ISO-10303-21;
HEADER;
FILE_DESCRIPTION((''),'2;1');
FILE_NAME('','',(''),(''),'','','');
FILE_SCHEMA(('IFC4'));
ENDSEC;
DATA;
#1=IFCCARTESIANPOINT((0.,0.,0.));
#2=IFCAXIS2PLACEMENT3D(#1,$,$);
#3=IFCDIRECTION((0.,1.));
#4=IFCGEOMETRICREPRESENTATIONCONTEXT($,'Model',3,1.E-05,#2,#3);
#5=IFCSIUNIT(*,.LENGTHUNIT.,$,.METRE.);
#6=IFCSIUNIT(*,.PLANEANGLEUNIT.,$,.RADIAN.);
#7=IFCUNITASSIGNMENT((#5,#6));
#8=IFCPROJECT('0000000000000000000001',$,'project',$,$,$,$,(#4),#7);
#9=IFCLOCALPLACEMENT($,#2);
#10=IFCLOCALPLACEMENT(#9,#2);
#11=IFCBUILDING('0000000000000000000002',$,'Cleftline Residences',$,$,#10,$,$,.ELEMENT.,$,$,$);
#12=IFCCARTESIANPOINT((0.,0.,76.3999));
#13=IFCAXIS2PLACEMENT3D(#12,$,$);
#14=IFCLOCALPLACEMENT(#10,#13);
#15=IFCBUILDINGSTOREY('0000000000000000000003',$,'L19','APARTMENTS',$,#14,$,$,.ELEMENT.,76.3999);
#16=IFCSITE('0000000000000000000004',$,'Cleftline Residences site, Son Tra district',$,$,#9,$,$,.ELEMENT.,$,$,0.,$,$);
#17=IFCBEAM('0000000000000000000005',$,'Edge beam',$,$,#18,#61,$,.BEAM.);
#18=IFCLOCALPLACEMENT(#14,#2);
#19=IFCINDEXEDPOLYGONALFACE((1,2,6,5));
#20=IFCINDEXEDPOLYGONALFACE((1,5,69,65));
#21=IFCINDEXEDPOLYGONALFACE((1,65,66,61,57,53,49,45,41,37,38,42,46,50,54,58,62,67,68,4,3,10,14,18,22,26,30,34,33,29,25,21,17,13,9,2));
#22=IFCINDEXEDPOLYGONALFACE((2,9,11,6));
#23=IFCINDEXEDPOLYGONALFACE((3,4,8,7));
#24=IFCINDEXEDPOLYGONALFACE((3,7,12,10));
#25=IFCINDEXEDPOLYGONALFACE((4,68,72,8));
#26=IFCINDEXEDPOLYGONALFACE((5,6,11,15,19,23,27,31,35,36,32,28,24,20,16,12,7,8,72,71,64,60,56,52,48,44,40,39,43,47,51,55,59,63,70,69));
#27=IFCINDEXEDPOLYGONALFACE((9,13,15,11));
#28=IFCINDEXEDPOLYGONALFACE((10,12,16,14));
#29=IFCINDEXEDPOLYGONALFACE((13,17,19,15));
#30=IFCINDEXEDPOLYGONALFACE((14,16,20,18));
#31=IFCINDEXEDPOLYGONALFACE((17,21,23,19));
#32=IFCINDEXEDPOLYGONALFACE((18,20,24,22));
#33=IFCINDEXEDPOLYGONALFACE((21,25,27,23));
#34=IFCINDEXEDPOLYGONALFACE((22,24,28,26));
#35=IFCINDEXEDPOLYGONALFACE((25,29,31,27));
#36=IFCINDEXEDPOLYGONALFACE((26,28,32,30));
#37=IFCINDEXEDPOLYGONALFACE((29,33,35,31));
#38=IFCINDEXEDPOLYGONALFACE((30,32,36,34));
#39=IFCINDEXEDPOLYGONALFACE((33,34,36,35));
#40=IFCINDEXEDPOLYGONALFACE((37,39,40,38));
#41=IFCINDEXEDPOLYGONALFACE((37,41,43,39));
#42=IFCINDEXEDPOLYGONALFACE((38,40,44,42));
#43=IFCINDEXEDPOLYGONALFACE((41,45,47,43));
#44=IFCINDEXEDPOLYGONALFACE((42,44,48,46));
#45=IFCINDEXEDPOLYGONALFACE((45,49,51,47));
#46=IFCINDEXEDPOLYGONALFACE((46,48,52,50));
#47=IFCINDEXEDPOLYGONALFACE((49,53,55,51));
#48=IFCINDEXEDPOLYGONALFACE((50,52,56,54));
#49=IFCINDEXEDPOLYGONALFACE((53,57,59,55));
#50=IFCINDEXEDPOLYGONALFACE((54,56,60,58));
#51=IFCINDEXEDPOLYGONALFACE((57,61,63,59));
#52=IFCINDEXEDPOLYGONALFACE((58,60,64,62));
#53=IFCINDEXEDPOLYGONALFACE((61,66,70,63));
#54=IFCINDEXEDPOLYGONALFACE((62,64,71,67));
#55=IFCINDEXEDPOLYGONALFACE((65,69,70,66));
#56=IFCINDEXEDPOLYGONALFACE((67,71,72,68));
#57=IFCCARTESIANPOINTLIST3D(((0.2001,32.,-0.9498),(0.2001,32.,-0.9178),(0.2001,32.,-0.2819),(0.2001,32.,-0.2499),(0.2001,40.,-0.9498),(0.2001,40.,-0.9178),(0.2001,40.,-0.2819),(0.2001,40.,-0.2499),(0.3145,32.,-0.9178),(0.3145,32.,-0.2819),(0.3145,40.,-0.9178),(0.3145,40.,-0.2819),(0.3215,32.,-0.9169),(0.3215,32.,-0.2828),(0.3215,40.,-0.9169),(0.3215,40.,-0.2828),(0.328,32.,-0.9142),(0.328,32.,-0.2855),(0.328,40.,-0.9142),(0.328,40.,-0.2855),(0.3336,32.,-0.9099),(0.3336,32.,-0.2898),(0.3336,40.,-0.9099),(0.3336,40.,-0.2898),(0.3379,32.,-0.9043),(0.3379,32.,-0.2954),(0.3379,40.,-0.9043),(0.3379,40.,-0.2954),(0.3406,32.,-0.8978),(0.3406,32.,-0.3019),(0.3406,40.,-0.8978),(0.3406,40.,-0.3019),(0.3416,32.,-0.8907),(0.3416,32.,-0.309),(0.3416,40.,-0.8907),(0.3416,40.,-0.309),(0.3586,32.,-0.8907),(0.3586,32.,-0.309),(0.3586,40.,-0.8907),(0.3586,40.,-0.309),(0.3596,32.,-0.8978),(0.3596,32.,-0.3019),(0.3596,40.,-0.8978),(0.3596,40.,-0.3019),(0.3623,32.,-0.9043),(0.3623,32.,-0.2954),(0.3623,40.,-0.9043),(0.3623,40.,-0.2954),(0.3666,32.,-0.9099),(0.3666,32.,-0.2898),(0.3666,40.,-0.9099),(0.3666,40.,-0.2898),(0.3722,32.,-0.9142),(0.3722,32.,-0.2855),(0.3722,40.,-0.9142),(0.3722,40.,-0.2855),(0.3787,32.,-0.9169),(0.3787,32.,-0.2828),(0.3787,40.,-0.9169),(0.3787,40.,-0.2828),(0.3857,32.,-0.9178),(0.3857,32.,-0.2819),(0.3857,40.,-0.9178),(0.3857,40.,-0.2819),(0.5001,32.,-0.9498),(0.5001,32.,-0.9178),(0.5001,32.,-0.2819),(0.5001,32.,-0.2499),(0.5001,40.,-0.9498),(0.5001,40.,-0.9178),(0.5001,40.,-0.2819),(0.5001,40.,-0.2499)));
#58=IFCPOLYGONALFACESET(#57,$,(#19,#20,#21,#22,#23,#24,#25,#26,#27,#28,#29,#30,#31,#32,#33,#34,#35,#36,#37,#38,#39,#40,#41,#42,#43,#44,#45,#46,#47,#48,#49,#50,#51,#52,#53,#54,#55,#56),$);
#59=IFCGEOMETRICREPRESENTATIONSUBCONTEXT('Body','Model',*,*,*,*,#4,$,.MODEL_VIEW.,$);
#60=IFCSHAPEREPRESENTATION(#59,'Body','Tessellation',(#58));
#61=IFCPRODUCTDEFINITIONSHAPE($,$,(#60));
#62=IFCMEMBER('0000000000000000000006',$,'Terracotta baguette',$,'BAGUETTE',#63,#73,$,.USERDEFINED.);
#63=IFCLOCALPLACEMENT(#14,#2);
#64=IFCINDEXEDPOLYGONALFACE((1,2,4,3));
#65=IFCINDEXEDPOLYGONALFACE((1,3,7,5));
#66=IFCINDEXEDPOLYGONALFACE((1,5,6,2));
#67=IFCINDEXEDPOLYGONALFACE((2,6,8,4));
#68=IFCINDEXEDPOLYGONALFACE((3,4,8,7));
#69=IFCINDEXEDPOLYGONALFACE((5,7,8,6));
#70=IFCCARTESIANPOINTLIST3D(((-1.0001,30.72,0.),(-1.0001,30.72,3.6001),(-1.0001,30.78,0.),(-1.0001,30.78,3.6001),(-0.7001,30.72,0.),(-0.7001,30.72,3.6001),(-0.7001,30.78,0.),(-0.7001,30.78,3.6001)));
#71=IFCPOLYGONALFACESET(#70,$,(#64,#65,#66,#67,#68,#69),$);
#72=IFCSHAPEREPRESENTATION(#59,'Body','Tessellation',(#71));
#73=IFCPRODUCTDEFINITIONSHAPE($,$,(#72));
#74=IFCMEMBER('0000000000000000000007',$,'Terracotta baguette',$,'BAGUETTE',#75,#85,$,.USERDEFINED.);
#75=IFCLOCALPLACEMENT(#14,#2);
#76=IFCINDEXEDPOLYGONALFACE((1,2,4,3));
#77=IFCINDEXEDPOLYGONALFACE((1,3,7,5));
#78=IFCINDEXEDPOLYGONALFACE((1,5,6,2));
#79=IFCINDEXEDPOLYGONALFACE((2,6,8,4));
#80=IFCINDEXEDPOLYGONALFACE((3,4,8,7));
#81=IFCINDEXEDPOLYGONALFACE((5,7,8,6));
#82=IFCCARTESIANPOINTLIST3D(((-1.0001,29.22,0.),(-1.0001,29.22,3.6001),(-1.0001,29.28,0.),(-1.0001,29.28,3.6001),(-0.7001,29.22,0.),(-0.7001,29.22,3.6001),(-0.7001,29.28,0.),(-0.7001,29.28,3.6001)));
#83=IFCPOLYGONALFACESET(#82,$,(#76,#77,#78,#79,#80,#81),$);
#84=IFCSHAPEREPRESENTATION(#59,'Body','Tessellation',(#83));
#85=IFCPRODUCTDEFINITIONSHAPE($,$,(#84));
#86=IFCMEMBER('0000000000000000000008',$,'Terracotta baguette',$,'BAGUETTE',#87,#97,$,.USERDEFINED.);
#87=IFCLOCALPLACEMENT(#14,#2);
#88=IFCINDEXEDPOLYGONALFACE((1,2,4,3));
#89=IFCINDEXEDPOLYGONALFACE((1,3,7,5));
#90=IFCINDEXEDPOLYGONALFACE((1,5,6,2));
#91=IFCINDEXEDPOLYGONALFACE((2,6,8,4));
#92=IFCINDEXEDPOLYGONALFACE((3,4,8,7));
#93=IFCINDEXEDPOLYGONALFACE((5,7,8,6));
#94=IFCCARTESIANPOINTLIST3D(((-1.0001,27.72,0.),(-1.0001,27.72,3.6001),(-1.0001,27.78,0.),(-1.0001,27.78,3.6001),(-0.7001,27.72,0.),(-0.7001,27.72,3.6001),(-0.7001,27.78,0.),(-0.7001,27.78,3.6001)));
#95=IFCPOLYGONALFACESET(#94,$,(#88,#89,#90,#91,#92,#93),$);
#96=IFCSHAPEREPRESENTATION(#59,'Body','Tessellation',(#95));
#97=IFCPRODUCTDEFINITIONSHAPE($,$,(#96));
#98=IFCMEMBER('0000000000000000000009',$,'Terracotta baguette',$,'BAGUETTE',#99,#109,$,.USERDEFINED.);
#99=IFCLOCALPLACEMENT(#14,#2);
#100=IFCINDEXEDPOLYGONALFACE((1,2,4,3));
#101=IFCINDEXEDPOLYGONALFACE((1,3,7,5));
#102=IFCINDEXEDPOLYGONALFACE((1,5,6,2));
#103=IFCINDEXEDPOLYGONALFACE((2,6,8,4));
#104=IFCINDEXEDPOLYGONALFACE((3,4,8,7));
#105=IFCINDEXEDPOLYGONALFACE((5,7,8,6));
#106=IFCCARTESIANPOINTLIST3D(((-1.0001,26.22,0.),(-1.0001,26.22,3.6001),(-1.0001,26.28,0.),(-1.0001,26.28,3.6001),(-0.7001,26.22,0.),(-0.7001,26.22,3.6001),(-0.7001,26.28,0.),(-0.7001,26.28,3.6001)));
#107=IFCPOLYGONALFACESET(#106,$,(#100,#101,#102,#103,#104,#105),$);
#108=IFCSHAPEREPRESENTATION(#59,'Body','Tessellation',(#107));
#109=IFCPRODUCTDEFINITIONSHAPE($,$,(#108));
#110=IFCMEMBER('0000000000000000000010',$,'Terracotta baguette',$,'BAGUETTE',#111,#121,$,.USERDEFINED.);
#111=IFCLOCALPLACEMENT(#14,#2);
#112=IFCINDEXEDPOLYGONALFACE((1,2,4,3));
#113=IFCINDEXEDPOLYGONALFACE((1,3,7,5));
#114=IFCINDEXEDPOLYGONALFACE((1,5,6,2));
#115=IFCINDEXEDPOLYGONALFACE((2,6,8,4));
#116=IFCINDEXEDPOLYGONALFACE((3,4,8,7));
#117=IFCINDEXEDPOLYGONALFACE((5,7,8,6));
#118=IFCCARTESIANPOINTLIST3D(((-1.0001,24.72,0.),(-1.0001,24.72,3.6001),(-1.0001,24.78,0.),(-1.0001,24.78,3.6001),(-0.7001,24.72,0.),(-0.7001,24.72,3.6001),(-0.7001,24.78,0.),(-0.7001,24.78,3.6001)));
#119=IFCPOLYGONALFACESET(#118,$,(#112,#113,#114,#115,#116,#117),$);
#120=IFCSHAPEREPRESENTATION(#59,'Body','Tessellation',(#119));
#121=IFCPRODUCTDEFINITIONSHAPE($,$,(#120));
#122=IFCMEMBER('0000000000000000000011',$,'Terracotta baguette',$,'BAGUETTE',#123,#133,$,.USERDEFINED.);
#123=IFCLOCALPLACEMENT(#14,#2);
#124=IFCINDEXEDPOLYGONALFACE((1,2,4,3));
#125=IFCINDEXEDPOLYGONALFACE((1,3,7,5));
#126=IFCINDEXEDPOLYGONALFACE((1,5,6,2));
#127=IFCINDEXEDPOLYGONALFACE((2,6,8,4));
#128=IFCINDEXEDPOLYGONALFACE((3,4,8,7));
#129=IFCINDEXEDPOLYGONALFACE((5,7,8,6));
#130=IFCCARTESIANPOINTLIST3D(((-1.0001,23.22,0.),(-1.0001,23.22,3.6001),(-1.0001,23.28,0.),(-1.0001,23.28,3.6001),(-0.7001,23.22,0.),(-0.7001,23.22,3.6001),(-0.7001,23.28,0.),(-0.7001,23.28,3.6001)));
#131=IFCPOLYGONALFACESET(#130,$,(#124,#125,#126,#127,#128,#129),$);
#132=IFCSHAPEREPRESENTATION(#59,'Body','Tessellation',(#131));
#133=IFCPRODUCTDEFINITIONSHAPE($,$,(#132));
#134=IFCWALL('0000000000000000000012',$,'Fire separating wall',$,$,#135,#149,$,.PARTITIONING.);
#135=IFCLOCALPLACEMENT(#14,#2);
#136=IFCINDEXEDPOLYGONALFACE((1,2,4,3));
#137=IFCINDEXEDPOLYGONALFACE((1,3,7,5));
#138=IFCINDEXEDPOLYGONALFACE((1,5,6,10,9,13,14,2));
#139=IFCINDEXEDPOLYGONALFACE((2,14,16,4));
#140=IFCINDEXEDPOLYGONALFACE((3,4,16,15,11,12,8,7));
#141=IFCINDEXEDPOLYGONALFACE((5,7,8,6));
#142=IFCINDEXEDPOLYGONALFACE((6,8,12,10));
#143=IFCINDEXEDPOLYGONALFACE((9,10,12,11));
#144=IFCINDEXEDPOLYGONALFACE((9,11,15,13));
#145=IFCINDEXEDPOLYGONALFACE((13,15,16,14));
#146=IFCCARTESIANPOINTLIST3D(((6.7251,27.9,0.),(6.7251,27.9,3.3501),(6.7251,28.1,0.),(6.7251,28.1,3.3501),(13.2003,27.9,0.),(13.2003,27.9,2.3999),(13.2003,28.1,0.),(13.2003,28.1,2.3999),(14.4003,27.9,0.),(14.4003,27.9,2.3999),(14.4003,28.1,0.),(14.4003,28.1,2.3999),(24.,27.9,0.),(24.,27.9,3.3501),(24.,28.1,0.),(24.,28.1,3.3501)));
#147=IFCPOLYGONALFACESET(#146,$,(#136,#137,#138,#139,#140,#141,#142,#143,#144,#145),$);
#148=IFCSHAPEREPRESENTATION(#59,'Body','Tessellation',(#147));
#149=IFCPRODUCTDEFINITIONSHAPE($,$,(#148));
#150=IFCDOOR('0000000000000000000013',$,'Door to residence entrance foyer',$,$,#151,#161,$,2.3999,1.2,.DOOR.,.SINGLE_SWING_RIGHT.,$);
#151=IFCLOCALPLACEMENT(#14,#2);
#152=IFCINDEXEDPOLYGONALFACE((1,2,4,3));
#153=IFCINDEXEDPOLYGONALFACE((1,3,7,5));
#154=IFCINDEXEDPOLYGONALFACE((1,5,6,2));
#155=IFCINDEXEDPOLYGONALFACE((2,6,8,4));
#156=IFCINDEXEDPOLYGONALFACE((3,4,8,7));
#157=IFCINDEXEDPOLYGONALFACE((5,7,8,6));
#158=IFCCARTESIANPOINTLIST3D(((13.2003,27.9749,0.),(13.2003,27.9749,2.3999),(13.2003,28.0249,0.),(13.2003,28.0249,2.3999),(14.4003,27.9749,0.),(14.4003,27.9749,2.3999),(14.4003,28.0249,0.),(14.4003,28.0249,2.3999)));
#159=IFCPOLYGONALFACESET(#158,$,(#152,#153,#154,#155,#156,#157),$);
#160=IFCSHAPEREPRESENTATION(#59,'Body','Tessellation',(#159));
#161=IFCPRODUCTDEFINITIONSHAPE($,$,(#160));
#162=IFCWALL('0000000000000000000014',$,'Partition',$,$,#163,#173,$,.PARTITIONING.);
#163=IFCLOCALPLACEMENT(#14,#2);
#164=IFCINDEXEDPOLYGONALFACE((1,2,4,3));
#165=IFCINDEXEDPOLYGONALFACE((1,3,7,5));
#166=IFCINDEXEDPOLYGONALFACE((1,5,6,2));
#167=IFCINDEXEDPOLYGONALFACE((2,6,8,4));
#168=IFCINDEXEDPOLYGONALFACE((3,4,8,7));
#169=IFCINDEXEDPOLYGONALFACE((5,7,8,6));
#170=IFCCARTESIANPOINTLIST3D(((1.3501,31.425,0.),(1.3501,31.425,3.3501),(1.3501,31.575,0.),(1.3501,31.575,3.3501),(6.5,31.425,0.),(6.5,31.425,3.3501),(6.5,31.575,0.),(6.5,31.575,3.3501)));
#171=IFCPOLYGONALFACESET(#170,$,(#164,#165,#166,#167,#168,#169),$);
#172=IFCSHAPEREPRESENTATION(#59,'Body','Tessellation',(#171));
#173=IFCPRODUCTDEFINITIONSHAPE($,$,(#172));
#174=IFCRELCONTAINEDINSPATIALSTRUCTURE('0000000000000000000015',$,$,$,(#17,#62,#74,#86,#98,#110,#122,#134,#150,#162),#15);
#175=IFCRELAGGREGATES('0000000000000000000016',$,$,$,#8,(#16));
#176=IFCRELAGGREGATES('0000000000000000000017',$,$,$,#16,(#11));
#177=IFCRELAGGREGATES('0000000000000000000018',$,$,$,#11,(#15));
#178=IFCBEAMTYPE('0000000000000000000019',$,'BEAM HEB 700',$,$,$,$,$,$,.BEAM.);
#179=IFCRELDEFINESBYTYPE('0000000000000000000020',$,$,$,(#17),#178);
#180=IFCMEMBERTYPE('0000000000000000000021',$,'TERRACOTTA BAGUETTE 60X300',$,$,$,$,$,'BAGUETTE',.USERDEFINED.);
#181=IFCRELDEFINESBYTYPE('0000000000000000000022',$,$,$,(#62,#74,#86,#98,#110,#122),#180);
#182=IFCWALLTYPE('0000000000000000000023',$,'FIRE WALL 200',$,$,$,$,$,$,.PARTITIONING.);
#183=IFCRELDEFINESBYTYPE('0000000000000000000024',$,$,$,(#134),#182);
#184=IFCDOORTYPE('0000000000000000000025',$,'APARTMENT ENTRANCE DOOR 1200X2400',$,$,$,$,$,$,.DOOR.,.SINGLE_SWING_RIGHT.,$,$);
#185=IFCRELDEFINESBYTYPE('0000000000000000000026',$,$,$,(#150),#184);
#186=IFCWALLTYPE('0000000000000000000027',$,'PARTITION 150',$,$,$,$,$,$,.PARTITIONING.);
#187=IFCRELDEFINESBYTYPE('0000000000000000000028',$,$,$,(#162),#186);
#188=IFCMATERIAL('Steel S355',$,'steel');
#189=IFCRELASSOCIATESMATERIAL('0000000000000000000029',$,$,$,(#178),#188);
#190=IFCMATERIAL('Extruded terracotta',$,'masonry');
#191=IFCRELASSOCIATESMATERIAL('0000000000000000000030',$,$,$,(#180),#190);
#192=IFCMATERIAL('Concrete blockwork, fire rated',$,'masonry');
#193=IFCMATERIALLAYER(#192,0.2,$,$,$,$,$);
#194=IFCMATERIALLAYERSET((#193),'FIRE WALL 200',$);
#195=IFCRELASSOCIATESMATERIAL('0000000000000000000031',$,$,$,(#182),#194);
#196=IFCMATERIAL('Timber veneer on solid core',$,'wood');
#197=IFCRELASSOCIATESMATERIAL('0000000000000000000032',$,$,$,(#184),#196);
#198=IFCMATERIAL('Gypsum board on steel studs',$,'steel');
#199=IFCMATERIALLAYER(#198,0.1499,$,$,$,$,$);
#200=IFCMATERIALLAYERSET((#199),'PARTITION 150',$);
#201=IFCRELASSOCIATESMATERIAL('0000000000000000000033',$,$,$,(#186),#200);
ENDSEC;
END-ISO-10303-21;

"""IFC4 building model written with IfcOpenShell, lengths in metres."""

from ifc_helpers import new_model, si_unit, direction, frame, frame_2d, origin, origin_2d, place, context, subcontext, project, spatial, rectangle, i_section, extrude, material, layer, layer_set, material_profile, profile_set, type_object, element, fill, save


model = new_model("IFC4")

# Units and contexts
model_context = context("Model", 3, precision=1e-05, world=origin(), true_north=direction((0.0, 1.0)))
body_context = subcontext(model_context, "Body", "Model", "MODEL_VIEW")
ifc_project = project(units=[si_unit("LENGTHUNIT", "METRE"), si_unit("PLANEANGLEUNIT", "RADIAN")], contexts=[model_context])

# Site, building, storey
site_placement = place(None, origin())
site = spatial("IfcSite", under=ifc_project, at=site_placement, Name="Cleftline Residences site, Son Tra district", CompositionType="ELEMENT", RefElevation=0.0)
building_placement = place(site_placement, origin())
building = spatial("IfcBuilding", under=site, at=building_placement, Name="Cleftline Residences", CompositionType="ELEMENT")
storey_placement = place(building_placement, frame((0.0, 0.0, 76.3999)))
storey = spatial("IfcBuildingStorey", under=building, at=storey_placement, Name="L19", Description="APARTMENTS", CompositionType="ELEMENT", Elevation=76.3999)

# Beam
ifc_material_1 = material(Name="Steel S355", Category="steel")
ifc_material_profile_1 = material_profile(ifc_material_1, i_section(OverallWidth=0.3, OverallDepth=0.7, WebThickness=0.0171, FlangeThickness=0.032, FilletRadius=0.0271, at=origin_2d()))
ifc_profile_set_1 = profile_set([ifc_material_profile_1], Name="Steel S355")
beam_type = type_object("IfcBeamType", Name="BEAM HEB 700", PredefinedType="BEAM", material=ifc_profile_set_1)
for number, where, z_axis, x_axis, name in (
    (1, (0.3501, 32.0, -0.5999), (0.0, 1.0, 0.0), (-1.0, 0.0, 0.0), "Edge beam"),
):
    element("IfcBeam", number, at=place(storey_placement, frame(where, z_axis=z_axis, x_axis=x_axis)), inside=storey, type_object=beam_type, Name=name, PredefinedType="BEAM", context=body_context, shape_type="SweptSolid", body=[
        extrude(i_section(OverallWidth=0.3, OverallDepth=0.7, WebThickness=0.0171, FlangeThickness=0.032, FilletRadius=0.0271, at=origin_2d()), origin(), (0.0, 0.0, 1.0), 8.0),
    ])

# Members
ifc_material_2 = material(Name="Extruded terracotta", Category="masonry")
ifc_material_profile_2 = material_profile(ifc_material_2, rectangle(XDim=0.0601, YDim=0.3, at=origin_2d()))
ifc_profile_set_2 = profile_set([ifc_material_profile_2], Name="Extruded terracotta")
member_type_1 = type_object("IfcMemberType", Name="TERRACOTTA BAGUETTE 60X300", ElementType="BAGUETTE", PredefinedType="USERDEFINED", material=ifc_profile_set_2)
for number, where, z_axis, x_axis, name in (
    (2, (-0.8501, 30.75, 0.0), (0.0, 0.0, 1.0), (0.0, 1.0, 0.0), "Terracotta baguette"),
    (3, (-0.8501, 29.25, 0.0), (0.0, 0.0, 1.0), (0.0, 1.0, 0.0), "Terracotta baguette"),
    (4, (-0.8501, 27.75, 0.0), (0.0, 0.0, 1.0), (0.0, 1.0, 0.0), "Terracotta baguette"),
    (5, (-0.8501, 26.25, 0.0), (0.0, 0.0, 1.0), (0.0, 1.0, 0.0), "Terracotta baguette"),
    (6, (-0.8501, 24.75, 0.0), (0.0, 0.0, 1.0), (0.0, 1.0, 0.0), "Terracotta baguette"),
    (7, (-0.8501, 23.25, 0.0), (0.0, 0.0, 1.0), (0.0, 1.0, 0.0), "Terracotta baguette"),
):
    element("IfcMember", number, at=place(storey_placement, frame(where, z_axis=z_axis, x_axis=x_axis)), inside=storey, type_object=member_type_1, Name=name, ObjectType="BAGUETTE", PredefinedType="USERDEFINED", context=body_context, shape_type="SweptSolid", body=[
        extrude(rectangle(XDim=0.0601, YDim=0.3, at=origin_2d()), origin(), (0.0, 0.0, 1.0), 3.6001),
    ])

# Wall, opening, door
ifc_material_3 = material(Name="Concrete blockwork, fire rated", Category="masonry")
ifc_layer_1 = layer(ifc_material_3, 0.2)
ifc_layer_set_1 = layer_set([ifc_layer_1], Name="FIRE WALL 200")
wall_type_1 = type_object("IfcWallType", Name="FIRE WALL 200", PredefinedType="PARTITIONING", material=ifc_layer_set_1)
wall_1_placement = place(storey_placement, frame((6.7251, 28.0, 0.0), z_axis=(0.0, 0.0, 1.0), x_axis=(1.0, 0.0, 0.0)))
wall_1 = element("IfcWall", 8, at=wall_1_placement, inside=storey, type_object=wall_type_1, Name="Fire separating wall", PredefinedType="PARTITIONING", context=body_context, shape_type="SweptSolid", body=[
    extrude(rectangle(XDim=17.2749, YDim=0.2, at=frame_2d((8.6375, 0.0))), origin(), (0.0, 0.0, 1.0), 3.3501),
])
opening_1_placement = place(wall_1_placement, frame((6.4751, 0.0, 0.0)))
opening_1 = element("IfcOpeningElement", 9, at=opening_1_placement, cuts=wall_1, PredefinedType="OPENING", context=body_context, shape_type="SweptSolid", body=[
    extrude(rectangle(XDim=1.2, YDim=2.3999, at=frame_2d((0.6001, 1.2))), frame((0.0, 0.1099, 0.0), z_axis=(0.0, -1.0, 0.0), x_axis=(1.0, 0.0, 0.0)), (0.0, 0.0, 1.0), 0.22),
])
ifc_material_4 = material(Name="Timber veneer on solid core", Category="wood")
door_type_1 = type_object("IfcDoorType", Name="APARTMENT ENTRANCE DOOR 1200X2400", OperationType="SINGLE_SWING_RIGHT", PredefinedType="DOOR", material=ifc_material_4)
door_1_placement = place(opening_1_placement, origin())
door_1 = element("IfcDoor", 10, at=door_1_placement, inside=storey, type_object=door_type_1, Name="Door to residence entrance foyer", OperationType="SINGLE_SWING_RIGHT", OverallHeight=2.3999, OverallWidth=1.2, PredefinedType="DOOR", context=body_context, shape_type="SweptSolid", body=[
    extrude(rectangle(XDim=1.2, YDim=2.3999, at=frame_2d((0.6001, 1.2))), frame((0.0, 0.0249, 0.0), z_axis=(0.0, -1.0, 0.0), x_axis=(1.0, 0.0, 0.0)), (0.0, 0.0, 1.0), 0.05),
])
fill(opening_1, door_1)

# Wall
ifc_material_5 = material(Name="Gypsum board on steel studs", Category="steel")
ifc_layer_2 = layer(ifc_material_5, 0.1499)
ifc_layer_set_2 = layer_set([ifc_layer_2], Name="PARTITION 150")
wall_type_2 = type_object("IfcWallType", Name="PARTITION 150", PredefinedType="PARTITIONING", material=ifc_layer_set_2)
wall_2_placement = place(storey_placement, frame((1.3501, 31.5, 0.0), z_axis=(0.0, 0.0, 1.0), x_axis=(1.0, 0.0, 0.0)))
element("IfcWall", 11, at=wall_2_placement, inside=storey, type_object=wall_type_2, Name="Partition", PredefinedType="PARTITIONING", context=body_context, shape_type="SweptSolid", body=[
    extrude(rectangle(XDim=5.1499, YDim=0.1499, at=frame_2d((2.575, 0.0))), origin(), (0.0, 0.0, 1.0), 3.3501),
])

save(model, "model.ifc")
